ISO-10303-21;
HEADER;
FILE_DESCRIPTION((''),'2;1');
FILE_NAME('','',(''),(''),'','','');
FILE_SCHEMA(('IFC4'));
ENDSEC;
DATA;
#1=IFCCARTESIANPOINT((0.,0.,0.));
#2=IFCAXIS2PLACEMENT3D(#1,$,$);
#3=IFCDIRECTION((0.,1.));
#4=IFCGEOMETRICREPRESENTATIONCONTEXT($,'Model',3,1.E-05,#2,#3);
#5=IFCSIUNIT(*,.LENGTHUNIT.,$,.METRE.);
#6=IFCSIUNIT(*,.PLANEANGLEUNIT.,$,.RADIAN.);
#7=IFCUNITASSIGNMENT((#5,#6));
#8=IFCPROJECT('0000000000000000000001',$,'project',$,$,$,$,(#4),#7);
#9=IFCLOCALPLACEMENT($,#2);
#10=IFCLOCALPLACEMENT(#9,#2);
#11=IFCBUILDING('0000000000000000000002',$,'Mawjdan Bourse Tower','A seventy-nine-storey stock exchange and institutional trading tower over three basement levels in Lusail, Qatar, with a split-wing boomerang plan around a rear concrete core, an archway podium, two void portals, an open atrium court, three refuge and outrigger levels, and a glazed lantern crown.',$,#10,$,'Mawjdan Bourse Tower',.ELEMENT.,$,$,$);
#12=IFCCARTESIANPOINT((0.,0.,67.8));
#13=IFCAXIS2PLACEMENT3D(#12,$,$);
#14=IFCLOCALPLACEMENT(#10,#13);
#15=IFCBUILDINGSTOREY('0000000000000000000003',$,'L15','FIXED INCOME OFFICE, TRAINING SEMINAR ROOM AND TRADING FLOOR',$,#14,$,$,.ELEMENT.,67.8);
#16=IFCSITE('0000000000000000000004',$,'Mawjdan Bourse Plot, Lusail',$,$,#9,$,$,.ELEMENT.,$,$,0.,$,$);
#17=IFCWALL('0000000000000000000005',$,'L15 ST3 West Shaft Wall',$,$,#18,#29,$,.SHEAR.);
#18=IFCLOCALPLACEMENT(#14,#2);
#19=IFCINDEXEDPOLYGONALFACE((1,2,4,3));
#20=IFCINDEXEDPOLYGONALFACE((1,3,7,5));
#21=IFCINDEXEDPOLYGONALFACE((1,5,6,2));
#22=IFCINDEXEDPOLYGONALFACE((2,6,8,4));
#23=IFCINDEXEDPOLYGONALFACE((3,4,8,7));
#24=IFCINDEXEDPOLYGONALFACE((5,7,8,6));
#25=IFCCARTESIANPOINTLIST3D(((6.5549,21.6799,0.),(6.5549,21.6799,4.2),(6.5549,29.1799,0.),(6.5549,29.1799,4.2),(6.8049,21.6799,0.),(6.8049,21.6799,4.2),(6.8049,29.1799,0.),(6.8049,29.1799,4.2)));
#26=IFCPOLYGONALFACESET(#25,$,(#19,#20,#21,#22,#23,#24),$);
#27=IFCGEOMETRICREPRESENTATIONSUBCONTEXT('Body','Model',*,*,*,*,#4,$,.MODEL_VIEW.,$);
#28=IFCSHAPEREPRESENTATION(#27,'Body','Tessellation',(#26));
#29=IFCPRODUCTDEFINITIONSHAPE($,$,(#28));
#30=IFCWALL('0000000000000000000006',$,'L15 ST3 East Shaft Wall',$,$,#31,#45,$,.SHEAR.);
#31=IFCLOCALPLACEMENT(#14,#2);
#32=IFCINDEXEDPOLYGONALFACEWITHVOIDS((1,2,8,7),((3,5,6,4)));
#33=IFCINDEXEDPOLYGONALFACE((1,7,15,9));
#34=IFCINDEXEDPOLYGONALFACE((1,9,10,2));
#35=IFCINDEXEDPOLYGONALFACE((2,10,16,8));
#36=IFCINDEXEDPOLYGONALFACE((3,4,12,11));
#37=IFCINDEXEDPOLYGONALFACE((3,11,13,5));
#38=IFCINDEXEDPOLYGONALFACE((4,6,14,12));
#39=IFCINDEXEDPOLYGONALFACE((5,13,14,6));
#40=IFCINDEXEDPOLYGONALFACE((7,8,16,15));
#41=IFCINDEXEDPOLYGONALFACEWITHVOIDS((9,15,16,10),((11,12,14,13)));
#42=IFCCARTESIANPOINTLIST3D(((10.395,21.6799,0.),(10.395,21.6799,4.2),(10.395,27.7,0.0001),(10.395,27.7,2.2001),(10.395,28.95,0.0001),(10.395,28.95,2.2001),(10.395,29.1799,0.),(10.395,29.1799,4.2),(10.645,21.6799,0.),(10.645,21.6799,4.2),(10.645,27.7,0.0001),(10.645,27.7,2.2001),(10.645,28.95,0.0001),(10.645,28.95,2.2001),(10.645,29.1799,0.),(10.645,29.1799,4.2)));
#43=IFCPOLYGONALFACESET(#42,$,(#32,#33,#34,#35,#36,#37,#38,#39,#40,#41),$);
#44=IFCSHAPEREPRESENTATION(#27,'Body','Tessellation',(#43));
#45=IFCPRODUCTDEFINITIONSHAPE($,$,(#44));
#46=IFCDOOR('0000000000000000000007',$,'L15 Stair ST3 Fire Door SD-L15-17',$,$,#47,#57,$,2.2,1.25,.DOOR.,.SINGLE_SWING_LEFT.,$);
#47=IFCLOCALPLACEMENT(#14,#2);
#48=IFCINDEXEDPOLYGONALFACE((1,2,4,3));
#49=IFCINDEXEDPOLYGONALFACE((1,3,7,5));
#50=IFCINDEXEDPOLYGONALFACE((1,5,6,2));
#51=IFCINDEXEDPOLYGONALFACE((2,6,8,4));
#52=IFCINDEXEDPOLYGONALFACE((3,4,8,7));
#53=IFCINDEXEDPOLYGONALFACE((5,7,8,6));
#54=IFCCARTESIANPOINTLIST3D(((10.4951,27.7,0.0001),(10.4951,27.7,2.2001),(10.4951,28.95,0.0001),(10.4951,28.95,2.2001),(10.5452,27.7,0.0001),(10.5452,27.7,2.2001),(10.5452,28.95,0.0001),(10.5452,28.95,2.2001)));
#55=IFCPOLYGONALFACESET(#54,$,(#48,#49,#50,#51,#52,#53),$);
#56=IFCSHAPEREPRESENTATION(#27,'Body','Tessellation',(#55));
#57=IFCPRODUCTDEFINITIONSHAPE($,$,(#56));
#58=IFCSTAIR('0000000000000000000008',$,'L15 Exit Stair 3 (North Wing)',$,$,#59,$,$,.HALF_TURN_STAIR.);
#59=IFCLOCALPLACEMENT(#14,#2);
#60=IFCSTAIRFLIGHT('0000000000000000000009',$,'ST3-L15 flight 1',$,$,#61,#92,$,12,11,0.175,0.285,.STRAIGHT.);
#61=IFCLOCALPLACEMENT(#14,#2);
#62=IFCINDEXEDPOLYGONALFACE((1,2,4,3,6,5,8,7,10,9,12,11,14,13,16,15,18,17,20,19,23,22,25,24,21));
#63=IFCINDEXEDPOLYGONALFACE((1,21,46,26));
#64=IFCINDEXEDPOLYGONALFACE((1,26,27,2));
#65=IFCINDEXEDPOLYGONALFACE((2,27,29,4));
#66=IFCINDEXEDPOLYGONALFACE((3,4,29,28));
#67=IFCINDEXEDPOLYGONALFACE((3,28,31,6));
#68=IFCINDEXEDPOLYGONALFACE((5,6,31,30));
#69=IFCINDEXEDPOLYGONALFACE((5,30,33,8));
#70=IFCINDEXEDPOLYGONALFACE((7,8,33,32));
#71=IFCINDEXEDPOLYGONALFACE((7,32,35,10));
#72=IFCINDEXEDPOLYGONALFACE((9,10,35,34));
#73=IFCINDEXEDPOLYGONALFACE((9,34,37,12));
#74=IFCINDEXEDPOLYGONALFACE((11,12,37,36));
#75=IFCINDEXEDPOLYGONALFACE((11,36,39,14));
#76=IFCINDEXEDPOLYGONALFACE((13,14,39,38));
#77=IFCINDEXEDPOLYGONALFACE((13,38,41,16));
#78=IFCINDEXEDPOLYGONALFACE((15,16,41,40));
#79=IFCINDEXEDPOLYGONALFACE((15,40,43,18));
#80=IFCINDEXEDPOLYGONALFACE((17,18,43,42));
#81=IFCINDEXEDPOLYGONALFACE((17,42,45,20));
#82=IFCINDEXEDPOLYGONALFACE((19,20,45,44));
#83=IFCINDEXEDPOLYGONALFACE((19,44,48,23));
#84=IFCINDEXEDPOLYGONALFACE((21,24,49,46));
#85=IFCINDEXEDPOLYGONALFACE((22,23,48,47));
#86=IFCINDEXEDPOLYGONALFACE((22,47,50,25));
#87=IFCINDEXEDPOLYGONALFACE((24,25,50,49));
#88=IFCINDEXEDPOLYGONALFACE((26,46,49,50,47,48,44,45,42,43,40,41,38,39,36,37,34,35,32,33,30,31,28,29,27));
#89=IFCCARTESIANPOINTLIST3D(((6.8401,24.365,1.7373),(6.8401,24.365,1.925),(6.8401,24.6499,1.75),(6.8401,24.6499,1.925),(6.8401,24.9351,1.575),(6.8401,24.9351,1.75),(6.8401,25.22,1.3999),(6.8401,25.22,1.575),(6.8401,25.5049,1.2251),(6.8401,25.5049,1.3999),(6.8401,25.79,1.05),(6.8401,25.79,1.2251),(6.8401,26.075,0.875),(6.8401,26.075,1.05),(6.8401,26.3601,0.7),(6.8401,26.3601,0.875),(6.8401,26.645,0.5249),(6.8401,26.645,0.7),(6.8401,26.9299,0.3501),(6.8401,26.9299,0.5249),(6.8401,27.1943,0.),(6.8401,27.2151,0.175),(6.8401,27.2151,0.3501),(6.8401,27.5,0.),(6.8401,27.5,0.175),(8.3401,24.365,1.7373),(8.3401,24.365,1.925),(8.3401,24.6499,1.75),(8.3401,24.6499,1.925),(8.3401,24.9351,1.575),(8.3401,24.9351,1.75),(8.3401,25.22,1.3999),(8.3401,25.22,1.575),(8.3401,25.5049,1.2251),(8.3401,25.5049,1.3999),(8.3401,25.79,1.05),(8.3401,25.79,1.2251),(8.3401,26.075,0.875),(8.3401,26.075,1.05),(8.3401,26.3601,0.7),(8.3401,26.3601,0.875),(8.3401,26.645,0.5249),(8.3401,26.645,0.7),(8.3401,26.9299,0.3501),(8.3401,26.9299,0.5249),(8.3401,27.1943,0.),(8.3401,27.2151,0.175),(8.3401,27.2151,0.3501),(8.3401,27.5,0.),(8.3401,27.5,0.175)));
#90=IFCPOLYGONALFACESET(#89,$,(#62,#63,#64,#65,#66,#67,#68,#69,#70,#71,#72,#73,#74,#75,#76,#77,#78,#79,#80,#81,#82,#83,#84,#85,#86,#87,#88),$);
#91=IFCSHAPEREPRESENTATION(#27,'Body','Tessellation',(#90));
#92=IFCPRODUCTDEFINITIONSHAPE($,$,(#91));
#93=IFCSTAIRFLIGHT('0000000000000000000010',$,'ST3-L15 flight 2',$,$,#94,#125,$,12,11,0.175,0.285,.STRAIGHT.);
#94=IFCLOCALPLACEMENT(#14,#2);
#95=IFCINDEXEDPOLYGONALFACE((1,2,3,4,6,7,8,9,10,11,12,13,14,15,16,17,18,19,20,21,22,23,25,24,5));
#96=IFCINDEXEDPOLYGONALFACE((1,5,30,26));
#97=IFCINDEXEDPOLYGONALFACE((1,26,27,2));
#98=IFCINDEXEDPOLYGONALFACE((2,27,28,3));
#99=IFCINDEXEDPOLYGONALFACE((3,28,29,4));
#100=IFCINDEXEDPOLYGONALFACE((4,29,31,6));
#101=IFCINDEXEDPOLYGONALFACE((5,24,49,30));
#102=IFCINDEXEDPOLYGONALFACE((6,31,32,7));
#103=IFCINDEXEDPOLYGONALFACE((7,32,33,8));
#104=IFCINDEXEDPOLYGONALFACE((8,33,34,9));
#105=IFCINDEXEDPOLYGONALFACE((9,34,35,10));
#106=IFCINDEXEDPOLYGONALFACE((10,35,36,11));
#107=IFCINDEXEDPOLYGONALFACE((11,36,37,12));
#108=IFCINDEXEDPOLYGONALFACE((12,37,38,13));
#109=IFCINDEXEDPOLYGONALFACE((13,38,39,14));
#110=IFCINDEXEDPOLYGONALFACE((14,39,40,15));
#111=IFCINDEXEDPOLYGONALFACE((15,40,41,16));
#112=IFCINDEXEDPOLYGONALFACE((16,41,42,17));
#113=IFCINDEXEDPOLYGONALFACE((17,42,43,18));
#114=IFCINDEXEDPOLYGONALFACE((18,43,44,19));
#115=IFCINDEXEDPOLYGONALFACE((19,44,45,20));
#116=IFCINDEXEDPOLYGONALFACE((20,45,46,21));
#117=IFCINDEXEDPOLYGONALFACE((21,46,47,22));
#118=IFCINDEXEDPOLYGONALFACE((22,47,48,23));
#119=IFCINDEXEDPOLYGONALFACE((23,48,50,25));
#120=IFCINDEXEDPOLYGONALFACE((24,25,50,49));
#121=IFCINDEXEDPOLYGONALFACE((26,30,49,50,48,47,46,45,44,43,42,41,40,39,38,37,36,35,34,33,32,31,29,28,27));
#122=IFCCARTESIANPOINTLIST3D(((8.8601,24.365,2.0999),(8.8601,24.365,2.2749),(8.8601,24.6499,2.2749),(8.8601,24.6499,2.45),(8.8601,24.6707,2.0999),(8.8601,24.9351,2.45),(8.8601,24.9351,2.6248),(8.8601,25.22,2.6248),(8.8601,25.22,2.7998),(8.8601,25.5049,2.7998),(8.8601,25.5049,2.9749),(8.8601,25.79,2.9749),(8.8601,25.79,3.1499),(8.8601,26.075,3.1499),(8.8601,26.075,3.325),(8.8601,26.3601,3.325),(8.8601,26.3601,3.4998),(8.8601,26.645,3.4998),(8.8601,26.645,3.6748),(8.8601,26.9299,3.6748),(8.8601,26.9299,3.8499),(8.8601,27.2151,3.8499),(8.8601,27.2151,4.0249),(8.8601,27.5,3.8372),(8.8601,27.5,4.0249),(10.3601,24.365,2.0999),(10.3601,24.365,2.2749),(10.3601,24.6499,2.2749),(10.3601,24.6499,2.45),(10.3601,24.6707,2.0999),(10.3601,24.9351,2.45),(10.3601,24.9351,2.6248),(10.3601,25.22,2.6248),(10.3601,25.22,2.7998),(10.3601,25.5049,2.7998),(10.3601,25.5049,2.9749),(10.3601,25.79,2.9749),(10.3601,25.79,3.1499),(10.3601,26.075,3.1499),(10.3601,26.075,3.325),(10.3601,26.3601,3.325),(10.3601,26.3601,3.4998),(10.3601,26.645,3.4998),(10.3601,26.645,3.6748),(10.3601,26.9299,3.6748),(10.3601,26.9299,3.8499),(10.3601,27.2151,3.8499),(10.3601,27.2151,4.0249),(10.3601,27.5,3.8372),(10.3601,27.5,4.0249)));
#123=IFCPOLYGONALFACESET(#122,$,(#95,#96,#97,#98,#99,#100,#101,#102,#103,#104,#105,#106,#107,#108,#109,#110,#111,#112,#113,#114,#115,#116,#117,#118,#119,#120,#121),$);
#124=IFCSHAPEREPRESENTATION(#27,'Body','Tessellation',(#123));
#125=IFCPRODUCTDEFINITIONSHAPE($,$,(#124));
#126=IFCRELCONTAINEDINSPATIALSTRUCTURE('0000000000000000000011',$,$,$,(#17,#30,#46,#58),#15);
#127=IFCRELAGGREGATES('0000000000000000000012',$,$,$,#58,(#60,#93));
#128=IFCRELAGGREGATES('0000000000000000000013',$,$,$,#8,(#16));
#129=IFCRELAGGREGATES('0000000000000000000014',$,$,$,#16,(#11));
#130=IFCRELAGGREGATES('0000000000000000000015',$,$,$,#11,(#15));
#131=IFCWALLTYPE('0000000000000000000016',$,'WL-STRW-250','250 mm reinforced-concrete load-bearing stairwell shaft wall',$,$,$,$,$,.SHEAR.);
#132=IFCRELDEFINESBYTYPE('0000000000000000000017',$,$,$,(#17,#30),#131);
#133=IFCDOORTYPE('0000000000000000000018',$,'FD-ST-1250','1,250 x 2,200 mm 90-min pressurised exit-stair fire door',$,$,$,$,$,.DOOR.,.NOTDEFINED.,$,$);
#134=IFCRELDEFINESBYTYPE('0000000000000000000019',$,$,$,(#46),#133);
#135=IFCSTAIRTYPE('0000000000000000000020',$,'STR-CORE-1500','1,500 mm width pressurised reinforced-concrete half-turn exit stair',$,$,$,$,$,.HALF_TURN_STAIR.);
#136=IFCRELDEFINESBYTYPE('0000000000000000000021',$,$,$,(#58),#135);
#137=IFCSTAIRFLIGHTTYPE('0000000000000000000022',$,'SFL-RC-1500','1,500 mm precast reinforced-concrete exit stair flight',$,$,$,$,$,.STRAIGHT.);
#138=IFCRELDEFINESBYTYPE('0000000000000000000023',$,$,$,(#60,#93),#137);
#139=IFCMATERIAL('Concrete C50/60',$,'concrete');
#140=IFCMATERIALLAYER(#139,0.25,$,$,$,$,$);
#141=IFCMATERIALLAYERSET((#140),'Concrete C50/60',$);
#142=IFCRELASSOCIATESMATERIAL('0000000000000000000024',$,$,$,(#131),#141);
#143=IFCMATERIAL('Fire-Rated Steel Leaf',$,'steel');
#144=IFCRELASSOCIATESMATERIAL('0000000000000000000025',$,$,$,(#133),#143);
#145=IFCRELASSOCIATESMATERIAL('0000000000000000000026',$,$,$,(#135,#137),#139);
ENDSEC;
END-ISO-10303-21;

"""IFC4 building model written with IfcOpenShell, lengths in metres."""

from ifc_helpers import new_model, si_unit, direction, frame, frame_2d, origin, place, context, subcontext, project, spatial, polyline, rectangle, outline, extrude, material, layer, layer_set, type_object, element, fill, aggregate, save


model = new_model("IFC4")

# Units and contexts
model_context = context("Model", 3, precision=1e-05, world=origin(), true_north=direction((0.0, 1.0)))
body_context = subcontext(model_context, "Body", "Model", "MODEL_VIEW")
ifc_project = project(units=[si_unit("LENGTHUNIT", "METRE"), si_unit("PLANEANGLEUNIT", "RADIAN")], contexts=[model_context])

# Site, building, storey
site_placement = place(None, origin())
site = spatial("IfcSite", under=ifc_project, at=site_placement, Name="Mawjdan Bourse Plot, Lusail", CompositionType="ELEMENT", RefElevation=0.0)
building_placement = place(site_placement, origin())
building = spatial("IfcBuilding", under=site, at=building_placement, Name="Mawjdan Bourse Tower", Description="A seventy-nine-storey stock exchange and institutional trading tower over three basement levels in Lusail, Qatar, with a split-wing boomerang plan around a rear concrete core, an archway podium, two void portals, an open atrium court, three refuge and outrigger levels, and a glazed lantern crown.", LongName="Mawjdan Bourse Tower", CompositionType="ELEMENT")
storey_placement = place(building_placement, frame((0.0, 0.0, 67.8)))
storey = spatial("IfcBuildingStorey", under=building, at=storey_placement, Name="L15", Description="FIXED INCOME OFFICE, TRAINING SEMINAR ROOM AND TRADING FLOOR", CompositionType="ELEMENT", Elevation=67.8)

# Wall
ifc_material_1 = material(Name="Concrete C50/60", Category="concrete")
ifc_layer_1 = layer(ifc_material_1, 0.25)
ifc_layer_set_1 = layer_set([ifc_layer_1], Name="Concrete C50/60")
wall_type_1 = type_object("IfcWallType", Name="WL-STRW-250", Description="250 mm reinforced-concrete load-bearing stairwell shaft wall", PredefinedType="SHEAR", material=ifc_layer_set_1)
wall_1_placement = place(storey_placement, frame((6.6799, 21.6799, 0.0), z_axis=(0.0, 0.0, 1.0), x_axis=(0.0, 1.0, 0.0)))
element("IfcWall", 1, at=wall_1_placement, inside=storey, type_object=wall_type_1, Name="L15 ST3 West Shaft Wall", PredefinedType="SHEAR", context=body_context, shape_type="SweptSolid", body=[
    extrude(rectangle(XDim=7.5, YDim=0.25, at=frame_2d((3.75, 0.0))), origin(), (0.0, 0.0, 1.0), 4.2),
])

# Wall, opening, door
wall_2_placement = place(storey_placement, frame((10.52, 21.6799, 0.0), z_axis=(0.0, 0.0, 1.0), x_axis=(0.0, 1.0, 0.0)))
wall_2 = element("IfcWall", 2, at=wall_2_placement, inside=storey, type_object=wall_type_1, Name="L15 ST3 East Shaft Wall", PredefinedType="SHEAR", context=body_context, shape_type="SweptSolid", body=[
    extrude(rectangle(XDim=7.5, YDim=0.25, at=frame_2d((3.75, 0.0))), origin(), (0.0, 0.0, 1.0), 4.2),
])
opening_placement = place(wall_2_placement, frame((6.02, 0.0, 0.0)))
opening = element("IfcOpeningElement", 3, at=opening_placement, cuts=wall_2, PredefinedType="OPENING", context=body_context, shape_type="SweptSolid", body=[
    extrude(rectangle(XDim=1.25, YDim=2.2, at=frame_2d((0.625, 1.1001))), frame((0.0, 0.135, 0.0), z_axis=(0.0, -1.0, 0.0), x_axis=(1.0, 0.0, 0.0)), (0.0, 0.0, 1.0), 0.27),
])
ifc_material_2 = material(Name="Fire-Rated Steel Leaf", Category="steel")
door_type = type_object("IfcDoorType", Name="FD-ST-1250", Description="1,250 x 2,200 mm 90-min pressurised exit-stair fire door", OperationType="NOTDEFINED", PredefinedType="DOOR", material=ifc_material_2)
door_placement = place(opening_placement, origin())
door = element("IfcDoor", 4, at=door_placement, inside=storey, type_object=door_type, Name="L15 Stair ST3 Fire Door SD-L15-17", OperationType="SINGLE_SWING_LEFT", OverallHeight=2.2, OverallWidth=1.25, PredefinedType="DOOR", context=body_context, shape_type="SweptSolid", body=[
    extrude(rectangle(XDim=1.25, YDim=2.2, at=frame_2d((0.625, 1.1001))), frame((0.0, 0.0249, 0.0), z_axis=(0.0, -1.0, 0.0), x_axis=(1.0, 0.0, 0.0)), (0.0, 0.0, 1.0), 0.05),
])
fill(opening, door)

# Stair, stair flights
stair_type = type_object("IfcStairType", Name="STR-CORE-1500", Description="1,500 mm width pressurised reinforced-concrete half-turn exit stair", PredefinedType="HALF_TURN_STAIR", material=ifc_material_1)
stair_placement = place(storey_placement, origin())
stair = element("IfcStair", 5, at=stair_placement, inside=storey, type_object=stair_type, Name="L15 Exit Stair 3 (North Wing)", PredefinedType="HALF_TURN_STAIR")
stair_flight_type = type_object("IfcStairFlightType", Name="SFL-RC-1500", Description="1,500 mm precast reinforced-concrete exit stair flight", PredefinedType="STRAIGHT", material=ifc_material_1)
stair_flight_1_placement = place(storey_placement, frame((7.5901, 27.5, 0.0), z_axis=(0.0, 0.0, 1.0), x_axis=(0.0, -1.0, 0.0)))
stair_flight_1 = element("IfcStairFlight", 6, at=stair_flight_1_placement, type_object=stair_flight_type, Name="ST3-L15 flight 1", NumberOfRisers=12, NumberOfTreads=11, PredefinedType="STRAIGHT", RiserHeight=0.175, TreadLength=0.285, context=body_context, shape_type="SweptSolid", body=[
    extrude(outline(polyline([(0.0, 0.0), (0.0, 0.175), (0.2849, 0.175), (0.2849, 0.3501), (0.5701, 0.3501), (0.5701, 0.5249), (0.855, 0.5249), (0.855, 0.7), (1.1399, 0.7), (1.1399, 0.875), (1.425, 0.875), (1.425, 1.05), (1.71, 1.05), (1.71, 1.2251), (1.9951, 1.2251), (1.9951, 1.3999), (2.28, 1.3999), (2.28, 1.575), (2.5649, 1.575), (2.5649, 1.75), (2.8501, 1.75), (2.8501, 1.925), (3.135, 1.925), (3.135, 2.1001), (3.135, 1.7373), (0.3057, 0.0), (0.0, 0.0)])), frame((0.0, 0.75, 0.0), z_axis=(0.0, -1.0, 0.0), x_axis=(1.0, 0.0, 0.0)), (0.0, 0.0, 1.0), 1.5),
])
stair_flight_2_placement = place(storey_placement, frame((9.6101, 24.365, 2.0999), z_axis=(0.0, 0.0, 1.0), x_axis=(0.0, 1.0, 0.0)))
stair_flight_2 = element("IfcStairFlight", 7, at=stair_flight_2_placement, type_object=stair_flight_type, Name="ST3-L15 flight 2", NumberOfRisers=12, NumberOfTreads=11, PredefinedType="STRAIGHT", RiserHeight=0.175, TreadLength=0.285, context=body_context, shape_type="SweptSolid", body=[
    extrude(outline(polyline([(0.0, 0.0), (0.0, 0.175), (0.2849, 0.175), (0.2849, 0.3501), (0.5701, 0.3501), (0.5701, 0.5249), (0.855, 0.5249), (0.855, 0.7), (1.1399, 0.7), (1.1399, 0.875), (1.425, 0.875), (1.425, 1.05), (1.71, 1.05), (1.71, 1.2251), (1.9951, 1.2251), (1.9951, 1.3999), (2.28, 1.3999), (2.28, 1.575), (2.5649, 1.575), (2.5649, 1.75), (2.8501, 1.75), (2.8501, 1.925), (3.135, 1.925), (3.135, 2.1001), (3.135, 1.7373), (0.3057, 0.0), (0.0, 0.0)])), frame((0.0, 0.75, 0.0), z_axis=(0.0, -1.0, 0.0), x_axis=(1.0, 0.0, 0.0)), (0.0, 0.0, 1.0), 1.5),
])
aggregate(stair, [stair_flight_1, stair_flight_2])

save(model, "model.ifc")
